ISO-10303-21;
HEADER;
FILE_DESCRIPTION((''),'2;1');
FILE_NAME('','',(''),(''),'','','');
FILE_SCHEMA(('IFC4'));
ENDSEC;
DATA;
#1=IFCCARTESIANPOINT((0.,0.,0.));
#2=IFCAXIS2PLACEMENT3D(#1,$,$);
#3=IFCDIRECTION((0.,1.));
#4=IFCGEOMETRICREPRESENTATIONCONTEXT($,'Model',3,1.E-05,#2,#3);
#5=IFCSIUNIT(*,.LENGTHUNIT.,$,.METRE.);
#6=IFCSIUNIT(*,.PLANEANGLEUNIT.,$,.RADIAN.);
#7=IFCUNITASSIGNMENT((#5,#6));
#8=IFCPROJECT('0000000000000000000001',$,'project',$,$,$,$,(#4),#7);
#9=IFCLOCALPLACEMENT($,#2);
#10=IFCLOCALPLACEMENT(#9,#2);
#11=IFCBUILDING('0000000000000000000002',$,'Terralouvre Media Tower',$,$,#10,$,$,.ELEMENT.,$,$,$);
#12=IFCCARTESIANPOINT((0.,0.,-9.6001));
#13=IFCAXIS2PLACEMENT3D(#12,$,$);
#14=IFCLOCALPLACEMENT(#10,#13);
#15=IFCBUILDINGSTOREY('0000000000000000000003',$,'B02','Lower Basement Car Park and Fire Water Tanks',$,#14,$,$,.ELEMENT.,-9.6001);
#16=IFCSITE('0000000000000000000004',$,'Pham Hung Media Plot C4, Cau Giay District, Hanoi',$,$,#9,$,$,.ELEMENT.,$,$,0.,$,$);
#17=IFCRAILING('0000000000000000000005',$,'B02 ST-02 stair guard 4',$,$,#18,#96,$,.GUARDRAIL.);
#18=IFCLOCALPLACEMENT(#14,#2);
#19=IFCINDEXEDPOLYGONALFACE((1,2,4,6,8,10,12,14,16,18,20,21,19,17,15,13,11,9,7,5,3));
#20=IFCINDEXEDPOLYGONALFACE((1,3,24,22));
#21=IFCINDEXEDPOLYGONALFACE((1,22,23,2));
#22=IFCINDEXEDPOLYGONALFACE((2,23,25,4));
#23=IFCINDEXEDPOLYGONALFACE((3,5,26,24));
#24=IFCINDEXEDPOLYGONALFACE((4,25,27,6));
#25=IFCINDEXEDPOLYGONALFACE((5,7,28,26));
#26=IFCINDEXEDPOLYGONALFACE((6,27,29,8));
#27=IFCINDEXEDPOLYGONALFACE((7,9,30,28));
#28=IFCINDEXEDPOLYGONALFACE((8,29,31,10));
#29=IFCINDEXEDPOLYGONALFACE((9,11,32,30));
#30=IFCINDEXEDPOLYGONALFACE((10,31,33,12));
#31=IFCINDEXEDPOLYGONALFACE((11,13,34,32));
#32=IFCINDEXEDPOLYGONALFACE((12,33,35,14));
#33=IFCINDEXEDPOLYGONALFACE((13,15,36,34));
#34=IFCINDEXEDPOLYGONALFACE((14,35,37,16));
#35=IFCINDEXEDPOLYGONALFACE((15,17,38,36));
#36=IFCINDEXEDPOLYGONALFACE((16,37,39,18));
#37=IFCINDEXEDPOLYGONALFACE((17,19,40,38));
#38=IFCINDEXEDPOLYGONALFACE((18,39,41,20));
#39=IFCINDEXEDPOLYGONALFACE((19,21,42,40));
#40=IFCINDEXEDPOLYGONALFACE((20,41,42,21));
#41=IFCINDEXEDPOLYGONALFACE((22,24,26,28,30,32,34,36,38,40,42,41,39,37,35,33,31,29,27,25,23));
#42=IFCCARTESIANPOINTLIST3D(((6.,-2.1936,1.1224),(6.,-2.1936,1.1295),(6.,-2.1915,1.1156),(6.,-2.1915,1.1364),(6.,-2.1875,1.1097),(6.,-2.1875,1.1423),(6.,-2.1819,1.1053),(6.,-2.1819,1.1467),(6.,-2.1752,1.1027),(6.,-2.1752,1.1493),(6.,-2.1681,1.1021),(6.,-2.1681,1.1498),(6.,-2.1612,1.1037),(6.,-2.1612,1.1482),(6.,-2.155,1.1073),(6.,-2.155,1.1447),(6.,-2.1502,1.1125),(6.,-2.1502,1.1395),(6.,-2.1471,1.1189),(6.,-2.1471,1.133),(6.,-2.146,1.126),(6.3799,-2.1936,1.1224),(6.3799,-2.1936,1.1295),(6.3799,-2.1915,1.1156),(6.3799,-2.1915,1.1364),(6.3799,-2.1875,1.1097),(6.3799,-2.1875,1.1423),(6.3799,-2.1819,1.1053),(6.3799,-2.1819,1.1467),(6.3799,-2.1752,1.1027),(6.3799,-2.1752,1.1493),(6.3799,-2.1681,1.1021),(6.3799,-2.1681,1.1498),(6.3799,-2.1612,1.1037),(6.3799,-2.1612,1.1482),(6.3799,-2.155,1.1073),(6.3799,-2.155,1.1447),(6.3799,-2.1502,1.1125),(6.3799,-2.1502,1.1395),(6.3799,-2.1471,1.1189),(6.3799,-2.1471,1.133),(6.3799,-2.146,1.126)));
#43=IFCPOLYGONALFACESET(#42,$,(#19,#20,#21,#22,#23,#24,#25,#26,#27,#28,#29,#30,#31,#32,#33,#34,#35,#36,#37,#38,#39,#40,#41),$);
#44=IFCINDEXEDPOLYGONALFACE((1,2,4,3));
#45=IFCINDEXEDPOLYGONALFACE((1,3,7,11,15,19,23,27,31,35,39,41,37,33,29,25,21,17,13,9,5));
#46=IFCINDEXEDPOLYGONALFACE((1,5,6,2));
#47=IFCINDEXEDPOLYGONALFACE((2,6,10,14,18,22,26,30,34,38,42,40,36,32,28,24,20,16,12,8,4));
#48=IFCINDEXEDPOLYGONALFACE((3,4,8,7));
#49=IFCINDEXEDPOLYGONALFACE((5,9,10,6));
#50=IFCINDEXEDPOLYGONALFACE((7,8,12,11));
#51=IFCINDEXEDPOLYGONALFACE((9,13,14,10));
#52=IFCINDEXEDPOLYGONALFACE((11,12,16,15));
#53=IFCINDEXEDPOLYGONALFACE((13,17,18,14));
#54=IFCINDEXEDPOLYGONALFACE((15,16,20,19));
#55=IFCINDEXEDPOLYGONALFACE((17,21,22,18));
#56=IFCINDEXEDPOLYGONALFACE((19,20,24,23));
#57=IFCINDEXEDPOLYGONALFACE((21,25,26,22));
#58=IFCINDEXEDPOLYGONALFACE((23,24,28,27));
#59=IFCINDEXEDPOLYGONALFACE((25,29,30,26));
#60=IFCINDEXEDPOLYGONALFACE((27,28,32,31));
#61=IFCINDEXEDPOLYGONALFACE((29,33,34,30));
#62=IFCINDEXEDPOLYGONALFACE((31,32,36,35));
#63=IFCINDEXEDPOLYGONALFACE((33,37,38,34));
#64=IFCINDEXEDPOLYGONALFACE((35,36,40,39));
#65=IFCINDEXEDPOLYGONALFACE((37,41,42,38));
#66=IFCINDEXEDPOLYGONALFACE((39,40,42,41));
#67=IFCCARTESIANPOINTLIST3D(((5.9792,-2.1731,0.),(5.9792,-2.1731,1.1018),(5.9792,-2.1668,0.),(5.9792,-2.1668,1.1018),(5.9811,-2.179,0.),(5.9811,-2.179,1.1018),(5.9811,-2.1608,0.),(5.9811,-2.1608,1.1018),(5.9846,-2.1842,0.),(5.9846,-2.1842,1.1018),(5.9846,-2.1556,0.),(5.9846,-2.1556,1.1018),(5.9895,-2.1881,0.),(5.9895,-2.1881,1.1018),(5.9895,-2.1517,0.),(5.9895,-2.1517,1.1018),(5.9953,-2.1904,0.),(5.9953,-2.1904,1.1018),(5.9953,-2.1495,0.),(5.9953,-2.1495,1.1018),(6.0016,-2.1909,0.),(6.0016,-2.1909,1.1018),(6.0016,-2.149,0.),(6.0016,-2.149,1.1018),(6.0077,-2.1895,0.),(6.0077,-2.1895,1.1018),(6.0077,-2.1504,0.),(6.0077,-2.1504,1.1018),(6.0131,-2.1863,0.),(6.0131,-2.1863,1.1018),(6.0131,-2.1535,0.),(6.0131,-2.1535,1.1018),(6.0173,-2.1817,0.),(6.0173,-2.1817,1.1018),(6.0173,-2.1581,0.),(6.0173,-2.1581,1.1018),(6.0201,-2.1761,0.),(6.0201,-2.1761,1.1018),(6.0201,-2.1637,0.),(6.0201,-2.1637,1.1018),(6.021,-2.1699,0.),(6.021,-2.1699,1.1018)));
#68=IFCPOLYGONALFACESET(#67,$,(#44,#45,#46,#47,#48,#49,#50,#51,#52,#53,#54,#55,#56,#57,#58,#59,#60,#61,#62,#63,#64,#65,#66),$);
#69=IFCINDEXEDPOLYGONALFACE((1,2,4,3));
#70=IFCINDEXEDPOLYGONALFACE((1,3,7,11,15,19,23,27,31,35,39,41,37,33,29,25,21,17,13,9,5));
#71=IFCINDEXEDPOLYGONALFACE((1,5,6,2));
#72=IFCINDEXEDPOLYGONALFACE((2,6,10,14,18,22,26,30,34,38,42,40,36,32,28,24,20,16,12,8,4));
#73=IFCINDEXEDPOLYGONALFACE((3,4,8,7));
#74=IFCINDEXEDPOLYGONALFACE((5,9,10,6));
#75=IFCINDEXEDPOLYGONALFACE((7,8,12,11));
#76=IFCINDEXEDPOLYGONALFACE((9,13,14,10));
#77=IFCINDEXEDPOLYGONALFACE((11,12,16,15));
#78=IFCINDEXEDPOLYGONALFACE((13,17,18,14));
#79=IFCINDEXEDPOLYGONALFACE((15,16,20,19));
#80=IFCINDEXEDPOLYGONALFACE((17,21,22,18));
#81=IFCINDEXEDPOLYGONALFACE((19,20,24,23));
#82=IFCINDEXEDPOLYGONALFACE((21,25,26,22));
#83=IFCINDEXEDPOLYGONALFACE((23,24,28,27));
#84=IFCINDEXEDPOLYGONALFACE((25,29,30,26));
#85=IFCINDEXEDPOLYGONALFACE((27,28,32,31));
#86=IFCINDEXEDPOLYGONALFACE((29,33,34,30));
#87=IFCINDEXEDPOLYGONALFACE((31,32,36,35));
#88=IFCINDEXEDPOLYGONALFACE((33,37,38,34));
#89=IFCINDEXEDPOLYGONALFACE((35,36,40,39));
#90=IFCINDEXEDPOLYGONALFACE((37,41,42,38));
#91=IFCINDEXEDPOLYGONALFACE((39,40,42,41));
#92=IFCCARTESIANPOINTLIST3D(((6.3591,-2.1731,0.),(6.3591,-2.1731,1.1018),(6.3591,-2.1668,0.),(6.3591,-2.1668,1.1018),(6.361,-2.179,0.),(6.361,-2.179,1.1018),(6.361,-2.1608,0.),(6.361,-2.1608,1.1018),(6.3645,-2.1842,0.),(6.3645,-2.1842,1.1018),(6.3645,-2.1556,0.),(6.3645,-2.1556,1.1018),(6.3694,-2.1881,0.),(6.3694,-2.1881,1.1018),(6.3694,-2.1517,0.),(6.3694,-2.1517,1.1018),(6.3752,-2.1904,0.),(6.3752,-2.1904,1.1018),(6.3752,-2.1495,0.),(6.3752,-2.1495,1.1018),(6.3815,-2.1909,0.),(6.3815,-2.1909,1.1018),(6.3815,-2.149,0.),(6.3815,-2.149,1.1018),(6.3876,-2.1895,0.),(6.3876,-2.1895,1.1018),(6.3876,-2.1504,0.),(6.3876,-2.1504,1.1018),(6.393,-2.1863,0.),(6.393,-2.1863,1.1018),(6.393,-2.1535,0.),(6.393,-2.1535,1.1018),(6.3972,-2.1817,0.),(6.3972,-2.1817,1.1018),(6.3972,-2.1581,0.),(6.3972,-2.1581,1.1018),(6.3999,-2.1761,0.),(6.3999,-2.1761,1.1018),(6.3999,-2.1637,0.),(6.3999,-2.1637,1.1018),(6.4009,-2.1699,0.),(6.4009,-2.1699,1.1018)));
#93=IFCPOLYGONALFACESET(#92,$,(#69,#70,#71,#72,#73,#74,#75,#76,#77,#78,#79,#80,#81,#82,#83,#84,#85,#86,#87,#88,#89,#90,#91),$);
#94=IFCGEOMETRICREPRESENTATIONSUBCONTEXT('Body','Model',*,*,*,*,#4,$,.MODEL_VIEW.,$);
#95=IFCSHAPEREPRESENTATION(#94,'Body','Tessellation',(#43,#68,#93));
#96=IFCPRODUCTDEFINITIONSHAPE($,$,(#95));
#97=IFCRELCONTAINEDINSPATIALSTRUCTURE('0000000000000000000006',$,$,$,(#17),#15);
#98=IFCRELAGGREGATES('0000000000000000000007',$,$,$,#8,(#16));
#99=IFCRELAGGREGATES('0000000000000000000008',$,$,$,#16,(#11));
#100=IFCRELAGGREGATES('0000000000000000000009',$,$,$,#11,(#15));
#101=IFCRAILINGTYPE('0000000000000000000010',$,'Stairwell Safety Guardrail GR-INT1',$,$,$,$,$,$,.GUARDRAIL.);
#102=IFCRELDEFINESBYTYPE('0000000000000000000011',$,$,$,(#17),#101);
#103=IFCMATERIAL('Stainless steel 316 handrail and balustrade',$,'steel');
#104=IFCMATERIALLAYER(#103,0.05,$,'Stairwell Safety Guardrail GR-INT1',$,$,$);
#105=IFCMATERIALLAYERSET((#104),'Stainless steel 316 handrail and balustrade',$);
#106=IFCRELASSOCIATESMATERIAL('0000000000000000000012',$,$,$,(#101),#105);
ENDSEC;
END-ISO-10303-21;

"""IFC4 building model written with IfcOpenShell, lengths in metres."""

from ifc_helpers import new_model, si_unit, direction, frame, origin, origin_2d, place, context, subcontext, project, spatial, circle, extrude, material, layer, layer_set, type_object, element, save


model = new_model("IFC4")

# Units and contexts
model_context = context("Model", 3, precision=1e-05, world=origin(), true_north=direction((0.0, 1.0)))
body_context = subcontext(model_context, "Body", "Model", "MODEL_VIEW")
ifc_project = project(units=[si_unit("LENGTHUNIT", "METRE"), si_unit("PLANEANGLEUNIT", "RADIAN")], contexts=[model_context])

# Site, building, storey
site_placement = place(None, origin())
site = spatial("IfcSite", under=ifc_project, at=site_placement, Name="Pham Hung Media Plot C4, Cau Giay District, Hanoi", CompositionType="ELEMENT", RefElevation=0.0)
building_placement = place(site_placement, origin())
building = spatial("IfcBuilding", under=site, at=building_placement, Name="Terralouvre Media Tower", CompositionType="ELEMENT")
storey_placement = place(building_placement, frame((0.0, 0.0, -9.6001)))
storey = spatial("IfcBuildingStorey", under=building, at=storey_placement, Name="B02", Description="Lower Basement Car Park and Fire Water Tanks", CompositionType="ELEMENT", Elevation=-9.6001)

# Railing
ifc_material_1 = material(Name="Stainless steel 316 handrail and balustrade", Category="steel")
ifc_layer_1 = layer(ifc_material_1, 0.05, Name="Stairwell Safety Guardrail GR-INT1")
ifc_layer_set_1 = layer_set([ifc_layer_1], Name="Stainless steel 316 handrail and balustrade")
railing_type_1 = type_object("IfcRailingType", Name="Stairwell Safety Guardrail GR-INT1", PredefinedType="GUARDRAIL", material=ifc_layer_set_1)
railing_1_placement = place(storey_placement, frame((6.0, -2.1699, 0.0)))
element("IfcRailing", 1, at=railing_1_placement, inside=storey, type_object=railing_type_1, Name="B02 ST-02 stair guard 4", PredefinedType="GUARDRAIL", context=body_context, shape_type="SweptSolid", body=[
    extrude(circle(Radius=0.0239, at=origin_2d()), frame((0.0, 0.0, 1.126), z_axis=(1.0, 0.0, 0.0), x_axis=(0.0, 1.0, 0.0)), (0.0, 0.0, 1.0), 0.3799),
    extrude(circle(Radius=0.021, at=origin_2d()), origin(), (0.0, 0.0, 1.0), 1.1018),
    extrude(circle(Radius=0.021, at=origin_2d()), frame((0.3799, 0.0, 0.0)), (0.0, 0.0, 1.0), 1.1018),
])

save(model, "model.ifc")
